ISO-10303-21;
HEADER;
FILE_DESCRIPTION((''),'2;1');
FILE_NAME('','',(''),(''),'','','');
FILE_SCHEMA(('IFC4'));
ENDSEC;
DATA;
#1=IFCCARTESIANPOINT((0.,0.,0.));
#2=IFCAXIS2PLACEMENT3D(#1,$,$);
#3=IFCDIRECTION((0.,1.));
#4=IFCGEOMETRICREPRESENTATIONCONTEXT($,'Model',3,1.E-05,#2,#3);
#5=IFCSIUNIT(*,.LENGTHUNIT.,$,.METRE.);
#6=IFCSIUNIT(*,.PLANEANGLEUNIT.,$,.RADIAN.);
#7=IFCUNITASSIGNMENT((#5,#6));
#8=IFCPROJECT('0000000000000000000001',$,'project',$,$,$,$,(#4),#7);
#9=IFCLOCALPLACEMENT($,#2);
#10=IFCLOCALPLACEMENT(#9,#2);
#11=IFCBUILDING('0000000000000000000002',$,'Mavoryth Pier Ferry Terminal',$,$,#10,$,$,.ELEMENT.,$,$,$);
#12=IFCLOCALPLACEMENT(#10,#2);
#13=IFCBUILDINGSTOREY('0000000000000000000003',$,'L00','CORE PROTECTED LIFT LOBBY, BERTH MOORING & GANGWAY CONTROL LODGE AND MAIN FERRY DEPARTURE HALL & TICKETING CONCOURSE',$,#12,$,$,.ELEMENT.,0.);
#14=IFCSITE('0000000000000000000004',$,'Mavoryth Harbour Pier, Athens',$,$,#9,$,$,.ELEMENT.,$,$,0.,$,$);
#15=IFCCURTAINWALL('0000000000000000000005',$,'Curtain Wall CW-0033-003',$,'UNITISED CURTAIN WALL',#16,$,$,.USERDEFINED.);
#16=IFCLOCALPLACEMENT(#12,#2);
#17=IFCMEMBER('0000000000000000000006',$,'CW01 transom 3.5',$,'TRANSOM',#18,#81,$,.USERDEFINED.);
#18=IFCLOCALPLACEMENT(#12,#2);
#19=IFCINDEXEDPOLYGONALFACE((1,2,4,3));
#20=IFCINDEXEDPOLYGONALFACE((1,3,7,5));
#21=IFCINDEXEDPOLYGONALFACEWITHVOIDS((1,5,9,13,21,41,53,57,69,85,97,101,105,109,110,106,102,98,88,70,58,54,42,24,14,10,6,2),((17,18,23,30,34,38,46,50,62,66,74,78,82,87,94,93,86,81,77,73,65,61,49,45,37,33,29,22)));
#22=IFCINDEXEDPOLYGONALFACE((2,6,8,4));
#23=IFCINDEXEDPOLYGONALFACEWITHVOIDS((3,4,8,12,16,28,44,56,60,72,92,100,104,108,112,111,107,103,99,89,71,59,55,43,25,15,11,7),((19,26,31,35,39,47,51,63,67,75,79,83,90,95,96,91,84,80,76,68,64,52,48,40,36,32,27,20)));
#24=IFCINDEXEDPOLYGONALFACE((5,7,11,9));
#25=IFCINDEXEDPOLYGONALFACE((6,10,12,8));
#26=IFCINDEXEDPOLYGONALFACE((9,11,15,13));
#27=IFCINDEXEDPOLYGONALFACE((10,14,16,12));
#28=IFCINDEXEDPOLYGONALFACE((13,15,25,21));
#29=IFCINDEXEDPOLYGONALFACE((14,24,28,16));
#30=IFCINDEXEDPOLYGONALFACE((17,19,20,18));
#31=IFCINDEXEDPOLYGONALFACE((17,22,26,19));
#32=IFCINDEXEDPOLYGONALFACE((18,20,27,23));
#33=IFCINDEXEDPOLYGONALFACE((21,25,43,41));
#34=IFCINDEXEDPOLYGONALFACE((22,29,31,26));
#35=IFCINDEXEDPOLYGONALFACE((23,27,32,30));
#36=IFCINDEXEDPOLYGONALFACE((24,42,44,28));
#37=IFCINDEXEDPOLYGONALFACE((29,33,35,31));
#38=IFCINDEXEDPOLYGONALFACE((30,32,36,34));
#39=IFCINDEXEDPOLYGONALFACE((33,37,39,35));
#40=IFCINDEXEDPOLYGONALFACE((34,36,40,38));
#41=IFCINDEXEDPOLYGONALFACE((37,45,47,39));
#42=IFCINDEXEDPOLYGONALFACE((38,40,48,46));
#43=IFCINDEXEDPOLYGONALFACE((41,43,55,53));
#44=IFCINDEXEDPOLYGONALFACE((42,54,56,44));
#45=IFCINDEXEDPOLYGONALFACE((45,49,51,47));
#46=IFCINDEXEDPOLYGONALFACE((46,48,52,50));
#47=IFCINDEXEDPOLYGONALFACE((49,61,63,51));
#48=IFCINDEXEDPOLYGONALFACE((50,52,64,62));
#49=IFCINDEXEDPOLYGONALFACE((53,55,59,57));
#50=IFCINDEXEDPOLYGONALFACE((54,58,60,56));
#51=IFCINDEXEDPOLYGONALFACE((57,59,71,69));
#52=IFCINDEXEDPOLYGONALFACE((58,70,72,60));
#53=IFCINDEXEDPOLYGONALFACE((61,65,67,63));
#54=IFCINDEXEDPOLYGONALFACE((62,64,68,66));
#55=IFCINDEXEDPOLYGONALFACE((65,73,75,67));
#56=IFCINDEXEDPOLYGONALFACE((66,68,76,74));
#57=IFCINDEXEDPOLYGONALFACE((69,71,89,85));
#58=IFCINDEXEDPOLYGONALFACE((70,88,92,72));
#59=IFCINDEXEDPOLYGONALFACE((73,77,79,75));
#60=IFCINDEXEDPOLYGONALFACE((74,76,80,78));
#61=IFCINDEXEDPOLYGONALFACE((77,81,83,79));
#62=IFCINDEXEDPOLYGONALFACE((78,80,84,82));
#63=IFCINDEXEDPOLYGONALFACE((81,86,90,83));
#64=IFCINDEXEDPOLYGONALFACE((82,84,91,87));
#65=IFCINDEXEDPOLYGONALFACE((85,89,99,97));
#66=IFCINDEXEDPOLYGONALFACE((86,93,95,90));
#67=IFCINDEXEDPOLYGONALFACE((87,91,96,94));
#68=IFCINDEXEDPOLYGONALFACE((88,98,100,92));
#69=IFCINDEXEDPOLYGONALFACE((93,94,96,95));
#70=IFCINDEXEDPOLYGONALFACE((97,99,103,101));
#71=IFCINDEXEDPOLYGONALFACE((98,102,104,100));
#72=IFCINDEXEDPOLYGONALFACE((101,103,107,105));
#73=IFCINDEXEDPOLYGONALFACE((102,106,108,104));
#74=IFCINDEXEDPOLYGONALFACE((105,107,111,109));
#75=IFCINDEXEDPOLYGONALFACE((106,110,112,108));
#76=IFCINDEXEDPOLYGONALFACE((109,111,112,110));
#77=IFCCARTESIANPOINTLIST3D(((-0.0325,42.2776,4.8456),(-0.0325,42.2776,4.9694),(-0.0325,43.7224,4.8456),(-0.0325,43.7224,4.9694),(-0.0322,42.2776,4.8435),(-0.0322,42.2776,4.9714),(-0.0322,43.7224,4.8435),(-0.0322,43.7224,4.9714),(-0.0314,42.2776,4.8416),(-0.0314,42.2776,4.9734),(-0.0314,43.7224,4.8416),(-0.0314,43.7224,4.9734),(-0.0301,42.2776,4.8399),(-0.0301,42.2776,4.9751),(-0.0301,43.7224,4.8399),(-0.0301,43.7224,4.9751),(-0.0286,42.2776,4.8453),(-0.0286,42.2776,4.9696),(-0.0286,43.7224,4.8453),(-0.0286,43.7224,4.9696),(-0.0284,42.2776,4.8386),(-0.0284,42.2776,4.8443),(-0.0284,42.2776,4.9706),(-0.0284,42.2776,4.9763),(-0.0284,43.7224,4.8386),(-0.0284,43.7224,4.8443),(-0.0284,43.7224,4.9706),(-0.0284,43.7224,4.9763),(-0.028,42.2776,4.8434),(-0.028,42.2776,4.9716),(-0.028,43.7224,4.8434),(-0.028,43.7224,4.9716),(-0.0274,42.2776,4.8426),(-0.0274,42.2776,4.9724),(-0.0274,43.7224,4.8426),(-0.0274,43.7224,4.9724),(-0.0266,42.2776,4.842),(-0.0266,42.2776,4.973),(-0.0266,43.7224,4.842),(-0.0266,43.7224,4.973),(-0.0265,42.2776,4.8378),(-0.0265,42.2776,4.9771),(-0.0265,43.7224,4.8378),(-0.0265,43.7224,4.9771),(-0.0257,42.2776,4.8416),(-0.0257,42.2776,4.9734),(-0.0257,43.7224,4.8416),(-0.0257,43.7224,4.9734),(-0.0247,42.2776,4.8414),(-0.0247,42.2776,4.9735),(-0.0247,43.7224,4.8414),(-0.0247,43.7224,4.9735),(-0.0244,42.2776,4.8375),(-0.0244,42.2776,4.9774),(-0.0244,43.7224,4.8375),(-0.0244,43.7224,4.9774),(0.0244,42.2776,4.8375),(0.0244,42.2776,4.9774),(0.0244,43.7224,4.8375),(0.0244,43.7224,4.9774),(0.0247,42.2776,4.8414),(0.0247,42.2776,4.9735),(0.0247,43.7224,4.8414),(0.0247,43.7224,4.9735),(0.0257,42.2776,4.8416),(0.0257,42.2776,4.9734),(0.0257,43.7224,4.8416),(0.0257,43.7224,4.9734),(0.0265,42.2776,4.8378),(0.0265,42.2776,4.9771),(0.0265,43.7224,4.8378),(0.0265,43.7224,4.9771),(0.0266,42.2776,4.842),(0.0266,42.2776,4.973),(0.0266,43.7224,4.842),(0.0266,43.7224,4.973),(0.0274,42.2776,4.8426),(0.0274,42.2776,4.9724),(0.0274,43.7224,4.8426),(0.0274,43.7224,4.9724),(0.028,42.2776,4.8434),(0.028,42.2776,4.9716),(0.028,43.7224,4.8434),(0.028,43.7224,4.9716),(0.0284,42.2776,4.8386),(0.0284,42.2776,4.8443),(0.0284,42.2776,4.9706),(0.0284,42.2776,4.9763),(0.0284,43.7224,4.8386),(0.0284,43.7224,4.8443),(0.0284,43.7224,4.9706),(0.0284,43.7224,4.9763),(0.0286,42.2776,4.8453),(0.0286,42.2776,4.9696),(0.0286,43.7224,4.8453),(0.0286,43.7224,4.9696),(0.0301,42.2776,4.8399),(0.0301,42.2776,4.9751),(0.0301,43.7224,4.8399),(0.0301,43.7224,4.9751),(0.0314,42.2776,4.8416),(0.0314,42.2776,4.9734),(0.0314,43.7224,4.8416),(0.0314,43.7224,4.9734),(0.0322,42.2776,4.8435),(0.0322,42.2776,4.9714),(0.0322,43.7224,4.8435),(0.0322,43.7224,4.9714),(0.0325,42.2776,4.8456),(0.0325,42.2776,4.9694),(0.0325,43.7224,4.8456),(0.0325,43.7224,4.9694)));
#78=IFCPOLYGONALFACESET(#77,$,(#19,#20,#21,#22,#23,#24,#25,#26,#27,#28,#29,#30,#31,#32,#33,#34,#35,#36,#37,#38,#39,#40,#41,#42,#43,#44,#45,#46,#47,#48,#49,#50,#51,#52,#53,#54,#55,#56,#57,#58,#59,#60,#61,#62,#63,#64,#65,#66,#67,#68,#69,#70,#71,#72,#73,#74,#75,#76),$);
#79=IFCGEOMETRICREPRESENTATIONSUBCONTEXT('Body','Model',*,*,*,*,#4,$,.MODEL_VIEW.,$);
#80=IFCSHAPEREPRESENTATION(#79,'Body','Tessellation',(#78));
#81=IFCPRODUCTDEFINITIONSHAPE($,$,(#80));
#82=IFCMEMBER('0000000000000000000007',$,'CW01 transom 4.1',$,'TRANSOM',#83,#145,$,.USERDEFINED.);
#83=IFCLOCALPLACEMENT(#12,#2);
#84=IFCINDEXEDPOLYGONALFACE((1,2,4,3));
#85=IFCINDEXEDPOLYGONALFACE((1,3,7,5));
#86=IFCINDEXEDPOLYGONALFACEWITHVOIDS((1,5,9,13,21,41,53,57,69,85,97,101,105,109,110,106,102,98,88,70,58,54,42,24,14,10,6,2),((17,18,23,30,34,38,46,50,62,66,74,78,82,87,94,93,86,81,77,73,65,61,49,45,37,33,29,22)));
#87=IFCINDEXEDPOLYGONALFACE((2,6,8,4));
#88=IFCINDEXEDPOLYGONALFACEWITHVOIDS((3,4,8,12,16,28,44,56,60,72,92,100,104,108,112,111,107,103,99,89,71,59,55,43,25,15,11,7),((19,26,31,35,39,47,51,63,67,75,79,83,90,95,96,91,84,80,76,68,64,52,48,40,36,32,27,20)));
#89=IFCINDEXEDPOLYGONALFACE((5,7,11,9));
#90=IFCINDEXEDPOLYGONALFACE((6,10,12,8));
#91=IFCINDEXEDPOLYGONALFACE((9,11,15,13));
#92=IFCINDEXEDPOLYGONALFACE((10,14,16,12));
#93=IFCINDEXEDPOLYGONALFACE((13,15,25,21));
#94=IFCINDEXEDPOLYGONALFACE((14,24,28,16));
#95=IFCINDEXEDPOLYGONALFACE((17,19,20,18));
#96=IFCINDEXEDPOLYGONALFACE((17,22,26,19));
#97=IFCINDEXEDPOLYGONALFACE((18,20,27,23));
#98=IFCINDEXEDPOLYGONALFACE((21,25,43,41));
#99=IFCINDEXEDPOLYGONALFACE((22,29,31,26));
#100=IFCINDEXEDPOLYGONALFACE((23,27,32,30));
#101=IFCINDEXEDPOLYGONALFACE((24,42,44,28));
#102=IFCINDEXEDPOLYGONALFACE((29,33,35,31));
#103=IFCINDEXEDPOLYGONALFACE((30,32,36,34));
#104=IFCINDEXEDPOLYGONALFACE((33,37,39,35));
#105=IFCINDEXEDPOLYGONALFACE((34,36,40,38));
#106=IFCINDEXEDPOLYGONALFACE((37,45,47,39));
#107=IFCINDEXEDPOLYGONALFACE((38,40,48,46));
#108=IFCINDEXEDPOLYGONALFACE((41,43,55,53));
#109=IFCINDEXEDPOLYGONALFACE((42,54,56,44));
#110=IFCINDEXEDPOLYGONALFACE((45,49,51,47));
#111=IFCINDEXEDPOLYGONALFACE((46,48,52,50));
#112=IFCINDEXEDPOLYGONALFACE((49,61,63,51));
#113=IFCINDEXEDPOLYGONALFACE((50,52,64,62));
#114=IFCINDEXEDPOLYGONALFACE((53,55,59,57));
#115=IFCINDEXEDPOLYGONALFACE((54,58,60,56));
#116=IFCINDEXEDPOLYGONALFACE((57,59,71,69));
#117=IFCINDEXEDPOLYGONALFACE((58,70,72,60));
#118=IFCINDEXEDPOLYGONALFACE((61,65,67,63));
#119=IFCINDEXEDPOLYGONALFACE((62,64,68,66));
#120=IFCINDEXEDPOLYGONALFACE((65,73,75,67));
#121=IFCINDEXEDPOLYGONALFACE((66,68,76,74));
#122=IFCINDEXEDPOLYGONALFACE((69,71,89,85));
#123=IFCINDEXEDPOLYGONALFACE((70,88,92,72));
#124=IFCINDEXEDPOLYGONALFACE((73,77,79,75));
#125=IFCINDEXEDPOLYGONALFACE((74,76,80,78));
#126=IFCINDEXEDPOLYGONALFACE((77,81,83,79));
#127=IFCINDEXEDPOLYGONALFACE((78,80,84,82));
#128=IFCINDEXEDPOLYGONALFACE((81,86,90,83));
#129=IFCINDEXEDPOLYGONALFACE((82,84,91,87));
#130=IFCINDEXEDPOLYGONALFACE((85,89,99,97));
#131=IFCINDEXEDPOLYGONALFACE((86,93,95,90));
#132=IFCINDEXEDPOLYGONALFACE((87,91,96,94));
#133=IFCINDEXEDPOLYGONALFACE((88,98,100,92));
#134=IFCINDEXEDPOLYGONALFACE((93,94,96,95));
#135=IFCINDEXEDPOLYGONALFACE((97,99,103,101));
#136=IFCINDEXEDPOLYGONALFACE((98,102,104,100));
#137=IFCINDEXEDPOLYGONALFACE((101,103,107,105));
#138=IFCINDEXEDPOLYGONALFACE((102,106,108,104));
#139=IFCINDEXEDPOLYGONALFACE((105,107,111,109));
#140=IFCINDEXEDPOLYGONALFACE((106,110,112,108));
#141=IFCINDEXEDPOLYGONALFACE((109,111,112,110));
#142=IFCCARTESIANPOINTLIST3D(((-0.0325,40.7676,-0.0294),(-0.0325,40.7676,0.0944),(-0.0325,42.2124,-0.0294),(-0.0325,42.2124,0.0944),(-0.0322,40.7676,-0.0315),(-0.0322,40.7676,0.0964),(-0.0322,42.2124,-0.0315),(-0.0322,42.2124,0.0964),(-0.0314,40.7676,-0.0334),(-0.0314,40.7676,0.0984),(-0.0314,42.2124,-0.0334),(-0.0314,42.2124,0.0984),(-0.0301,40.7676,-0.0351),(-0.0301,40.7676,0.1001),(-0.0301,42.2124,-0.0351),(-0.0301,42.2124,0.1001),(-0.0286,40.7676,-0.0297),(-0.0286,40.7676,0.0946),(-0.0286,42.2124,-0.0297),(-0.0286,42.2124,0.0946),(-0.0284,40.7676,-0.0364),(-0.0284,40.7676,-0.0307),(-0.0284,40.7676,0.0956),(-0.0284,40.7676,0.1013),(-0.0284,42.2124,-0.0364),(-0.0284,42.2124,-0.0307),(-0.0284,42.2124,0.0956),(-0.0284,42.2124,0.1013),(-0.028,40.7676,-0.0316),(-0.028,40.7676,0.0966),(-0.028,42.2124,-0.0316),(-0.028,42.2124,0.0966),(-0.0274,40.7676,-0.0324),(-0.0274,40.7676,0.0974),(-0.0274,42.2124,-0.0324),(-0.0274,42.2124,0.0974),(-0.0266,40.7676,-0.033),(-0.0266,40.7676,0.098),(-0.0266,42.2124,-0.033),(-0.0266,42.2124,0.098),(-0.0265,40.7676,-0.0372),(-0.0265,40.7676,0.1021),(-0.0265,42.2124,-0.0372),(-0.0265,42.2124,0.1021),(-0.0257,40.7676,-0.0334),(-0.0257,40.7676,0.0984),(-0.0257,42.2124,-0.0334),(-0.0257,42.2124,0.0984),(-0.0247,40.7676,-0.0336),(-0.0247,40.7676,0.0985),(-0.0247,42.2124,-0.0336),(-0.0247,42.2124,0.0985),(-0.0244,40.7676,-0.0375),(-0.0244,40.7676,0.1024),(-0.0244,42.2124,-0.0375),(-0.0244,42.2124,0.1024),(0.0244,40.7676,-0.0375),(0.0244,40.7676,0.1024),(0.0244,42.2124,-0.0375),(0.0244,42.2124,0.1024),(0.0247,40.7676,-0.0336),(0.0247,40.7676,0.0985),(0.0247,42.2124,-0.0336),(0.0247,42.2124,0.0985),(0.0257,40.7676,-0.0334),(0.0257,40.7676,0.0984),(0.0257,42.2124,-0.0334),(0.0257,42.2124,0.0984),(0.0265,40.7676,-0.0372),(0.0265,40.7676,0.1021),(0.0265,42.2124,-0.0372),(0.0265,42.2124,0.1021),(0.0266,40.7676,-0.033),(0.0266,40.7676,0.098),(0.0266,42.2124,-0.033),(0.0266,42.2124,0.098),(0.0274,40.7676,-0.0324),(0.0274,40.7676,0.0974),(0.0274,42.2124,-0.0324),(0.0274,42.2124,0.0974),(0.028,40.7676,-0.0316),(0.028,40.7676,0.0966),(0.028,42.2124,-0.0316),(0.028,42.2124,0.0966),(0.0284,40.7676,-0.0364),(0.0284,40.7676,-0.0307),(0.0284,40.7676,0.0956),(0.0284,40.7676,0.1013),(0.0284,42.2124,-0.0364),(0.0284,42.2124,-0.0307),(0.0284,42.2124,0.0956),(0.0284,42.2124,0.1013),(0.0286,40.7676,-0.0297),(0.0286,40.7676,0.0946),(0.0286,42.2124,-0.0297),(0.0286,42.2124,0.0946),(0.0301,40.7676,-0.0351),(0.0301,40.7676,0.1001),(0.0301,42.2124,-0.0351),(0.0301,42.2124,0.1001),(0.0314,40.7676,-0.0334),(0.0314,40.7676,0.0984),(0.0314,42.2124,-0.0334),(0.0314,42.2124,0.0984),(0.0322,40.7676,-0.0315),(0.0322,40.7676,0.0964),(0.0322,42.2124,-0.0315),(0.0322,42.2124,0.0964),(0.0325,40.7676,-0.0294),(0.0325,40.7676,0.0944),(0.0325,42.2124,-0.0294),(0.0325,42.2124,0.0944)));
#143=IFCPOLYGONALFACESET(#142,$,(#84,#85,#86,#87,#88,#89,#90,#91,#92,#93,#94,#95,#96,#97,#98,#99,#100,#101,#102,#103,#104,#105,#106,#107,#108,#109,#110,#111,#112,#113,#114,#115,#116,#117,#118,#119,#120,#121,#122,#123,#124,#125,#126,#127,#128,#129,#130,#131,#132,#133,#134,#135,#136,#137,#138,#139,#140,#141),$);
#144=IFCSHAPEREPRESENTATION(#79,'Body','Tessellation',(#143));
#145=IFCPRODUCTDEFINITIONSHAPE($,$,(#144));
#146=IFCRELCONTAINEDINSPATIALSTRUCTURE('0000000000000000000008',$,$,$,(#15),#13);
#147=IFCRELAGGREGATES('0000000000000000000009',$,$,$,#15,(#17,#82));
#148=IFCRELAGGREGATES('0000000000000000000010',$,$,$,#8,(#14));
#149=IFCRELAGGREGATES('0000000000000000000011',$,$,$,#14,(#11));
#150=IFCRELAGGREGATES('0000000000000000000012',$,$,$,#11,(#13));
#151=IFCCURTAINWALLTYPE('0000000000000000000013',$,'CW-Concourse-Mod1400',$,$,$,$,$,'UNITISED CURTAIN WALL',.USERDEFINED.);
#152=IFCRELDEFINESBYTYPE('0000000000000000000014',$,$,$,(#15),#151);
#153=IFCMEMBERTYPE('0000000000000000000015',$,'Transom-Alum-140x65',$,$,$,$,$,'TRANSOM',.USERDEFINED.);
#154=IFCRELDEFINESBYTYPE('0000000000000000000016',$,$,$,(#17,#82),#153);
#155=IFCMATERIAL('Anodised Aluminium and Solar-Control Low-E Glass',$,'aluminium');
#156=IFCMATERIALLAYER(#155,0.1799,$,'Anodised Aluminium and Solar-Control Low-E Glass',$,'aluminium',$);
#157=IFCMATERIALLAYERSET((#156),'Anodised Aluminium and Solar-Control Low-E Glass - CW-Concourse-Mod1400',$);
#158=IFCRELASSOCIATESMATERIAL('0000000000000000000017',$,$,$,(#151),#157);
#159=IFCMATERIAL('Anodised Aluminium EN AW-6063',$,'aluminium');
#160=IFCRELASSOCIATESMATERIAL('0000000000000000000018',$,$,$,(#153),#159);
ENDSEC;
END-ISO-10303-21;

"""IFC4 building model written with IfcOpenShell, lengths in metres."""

from ifc_helpers import new_model, si_unit, direction, frame, origin, origin_2d, place, context, subcontext, project, spatial, hollow_rectangle, extrude, material, layer, layer_set, material_profile, profile_set, type_object, element, aggregate, save


model = new_model("IFC4")

# Units and contexts
model_context = context("Model", 3, precision=1e-05, world=origin(), true_north=direction((0.0, 1.0)))
body_context = subcontext(model_context, "Body", "Model", "MODEL_VIEW")
ifc_project = project(units=[si_unit("LENGTHUNIT", "METRE"), si_unit("PLANEANGLEUNIT", "RADIAN")], contexts=[model_context])

# Site, building, storey
site_placement = place(None, origin())
site = spatial("IfcSite", under=ifc_project, at=site_placement, Name="Mavoryth Harbour Pier, Athens", CompositionType="ELEMENT", RefElevation=0.0)
building_placement = place(site_placement, origin())
building = spatial("IfcBuilding", under=site, at=building_placement, Name="Mavoryth Pier Ferry Terminal", CompositionType="ELEMENT")
storey_placement = place(building_placement, origin())
storey = spatial("IfcBuildingStorey", under=building, at=storey_placement, Name="L00", Description="CORE PROTECTED LIFT LOBBY, BERTH MOORING & GANGWAY CONTROL LODGE AND MAIN FERRY DEPARTURE HALL & TICKETING CONCOURSE", CompositionType="ELEMENT", Elevation=0.0)

# Curtain wall, members
ifc_material_1 = material(Name="Anodised Aluminium and Solar-Control Low-E Glass", Category="aluminium")
ifc_layer_1 = layer(ifc_material_1, 0.1799, Name="Anodised Aluminium and Solar-Control Low-E Glass", Category="aluminium")
ifc_layer_set_1 = layer_set([ifc_layer_1], Name="Anodised Aluminium and Solar-Control Low-E Glass - CW-Concourse-Mod1400")
curtain_wall_type = type_object("IfcCurtainWallType", Name="CW-Concourse-Mod1400", ElementType="UNITISED CURTAIN WALL", PredefinedType="USERDEFINED", material=ifc_layer_set_1)
curtain_wall_placement = place(storey_placement, origin())
curtain_wall = element("IfcCurtainWall", 1, at=curtain_wall_placement, inside=storey, type_object=curtain_wall_type, Name="Curtain Wall CW-0033-003", ObjectType="UNITISED CURTAIN WALL", PredefinedType="USERDEFINED")
ifc_material_2 = material(Name="Anodised Aluminium EN AW-6063", Category="aluminium")
ifc_material_profile_1 = material_profile(ifc_material_2, hollow_rectangle(XDim=0.0649, YDim=0.1399, WallThickness=0.0039, InnerFilletRadius=0.0039, OuterFilletRadius=0.0081, at=origin_2d()), Name="AL-TRAN 140x65x4", Category="aluminium")
ifc_profile_set_1 = profile_set([ifc_material_profile_1], Name="Anodised Aluminium EN AW-6063 - AL-TRAN 140x65x4")
member_type_1 = type_object("IfcMemberType", Name="Transom-Alum-140x65", ElementType="TRANSOM", PredefinedType="USERDEFINED", material=ifc_profile_set_1)
member_1_placement = place(storey_placement, frame((0.0, 43.7224, 4.9075), z_axis=(0.0, -1.0, 0.0), x_axis=(1.0, 0.0, 0.0)))
member_1 = element("IfcMember", 2, at=member_1_placement, type_object=member_type_1, Name="CW01 transom 3.5", ObjectType="TRANSOM", PredefinedType="USERDEFINED", context=body_context, shape_type="SweptSolid", body=[
    extrude(hollow_rectangle(XDim=0.0649, YDim=0.1399, WallThickness=0.0039, InnerFilletRadius=0.0039, OuterFilletRadius=0.0081, at=origin_2d()), origin(), (0.0, 0.0, 1.0), 1.4448),
])
member_2_placement = place(storey_placement, frame((0.0, 42.2124, 0.0325), z_axis=(0.0, -1.0, 0.0), x_axis=(1.0, 0.0, 0.0)))
member_2 = element("IfcMember", 3, at=member_2_placement, type_object=member_type_1, Name="CW01 transom 4.1", ObjectType="TRANSOM", PredefinedType="USERDEFINED", context=body_context, shape_type="SweptSolid", body=[
    extrude(hollow_rectangle(XDim=0.0649, YDim=0.1399, WallThickness=0.0039, InnerFilletRadius=0.0039, OuterFilletRadius=0.0081, at=origin_2d()), origin(), (0.0, 0.0, 1.0), 1.4448),
])
aggregate(curtain_wall, [member_1, member_2])

save(model, "model.ifc")
